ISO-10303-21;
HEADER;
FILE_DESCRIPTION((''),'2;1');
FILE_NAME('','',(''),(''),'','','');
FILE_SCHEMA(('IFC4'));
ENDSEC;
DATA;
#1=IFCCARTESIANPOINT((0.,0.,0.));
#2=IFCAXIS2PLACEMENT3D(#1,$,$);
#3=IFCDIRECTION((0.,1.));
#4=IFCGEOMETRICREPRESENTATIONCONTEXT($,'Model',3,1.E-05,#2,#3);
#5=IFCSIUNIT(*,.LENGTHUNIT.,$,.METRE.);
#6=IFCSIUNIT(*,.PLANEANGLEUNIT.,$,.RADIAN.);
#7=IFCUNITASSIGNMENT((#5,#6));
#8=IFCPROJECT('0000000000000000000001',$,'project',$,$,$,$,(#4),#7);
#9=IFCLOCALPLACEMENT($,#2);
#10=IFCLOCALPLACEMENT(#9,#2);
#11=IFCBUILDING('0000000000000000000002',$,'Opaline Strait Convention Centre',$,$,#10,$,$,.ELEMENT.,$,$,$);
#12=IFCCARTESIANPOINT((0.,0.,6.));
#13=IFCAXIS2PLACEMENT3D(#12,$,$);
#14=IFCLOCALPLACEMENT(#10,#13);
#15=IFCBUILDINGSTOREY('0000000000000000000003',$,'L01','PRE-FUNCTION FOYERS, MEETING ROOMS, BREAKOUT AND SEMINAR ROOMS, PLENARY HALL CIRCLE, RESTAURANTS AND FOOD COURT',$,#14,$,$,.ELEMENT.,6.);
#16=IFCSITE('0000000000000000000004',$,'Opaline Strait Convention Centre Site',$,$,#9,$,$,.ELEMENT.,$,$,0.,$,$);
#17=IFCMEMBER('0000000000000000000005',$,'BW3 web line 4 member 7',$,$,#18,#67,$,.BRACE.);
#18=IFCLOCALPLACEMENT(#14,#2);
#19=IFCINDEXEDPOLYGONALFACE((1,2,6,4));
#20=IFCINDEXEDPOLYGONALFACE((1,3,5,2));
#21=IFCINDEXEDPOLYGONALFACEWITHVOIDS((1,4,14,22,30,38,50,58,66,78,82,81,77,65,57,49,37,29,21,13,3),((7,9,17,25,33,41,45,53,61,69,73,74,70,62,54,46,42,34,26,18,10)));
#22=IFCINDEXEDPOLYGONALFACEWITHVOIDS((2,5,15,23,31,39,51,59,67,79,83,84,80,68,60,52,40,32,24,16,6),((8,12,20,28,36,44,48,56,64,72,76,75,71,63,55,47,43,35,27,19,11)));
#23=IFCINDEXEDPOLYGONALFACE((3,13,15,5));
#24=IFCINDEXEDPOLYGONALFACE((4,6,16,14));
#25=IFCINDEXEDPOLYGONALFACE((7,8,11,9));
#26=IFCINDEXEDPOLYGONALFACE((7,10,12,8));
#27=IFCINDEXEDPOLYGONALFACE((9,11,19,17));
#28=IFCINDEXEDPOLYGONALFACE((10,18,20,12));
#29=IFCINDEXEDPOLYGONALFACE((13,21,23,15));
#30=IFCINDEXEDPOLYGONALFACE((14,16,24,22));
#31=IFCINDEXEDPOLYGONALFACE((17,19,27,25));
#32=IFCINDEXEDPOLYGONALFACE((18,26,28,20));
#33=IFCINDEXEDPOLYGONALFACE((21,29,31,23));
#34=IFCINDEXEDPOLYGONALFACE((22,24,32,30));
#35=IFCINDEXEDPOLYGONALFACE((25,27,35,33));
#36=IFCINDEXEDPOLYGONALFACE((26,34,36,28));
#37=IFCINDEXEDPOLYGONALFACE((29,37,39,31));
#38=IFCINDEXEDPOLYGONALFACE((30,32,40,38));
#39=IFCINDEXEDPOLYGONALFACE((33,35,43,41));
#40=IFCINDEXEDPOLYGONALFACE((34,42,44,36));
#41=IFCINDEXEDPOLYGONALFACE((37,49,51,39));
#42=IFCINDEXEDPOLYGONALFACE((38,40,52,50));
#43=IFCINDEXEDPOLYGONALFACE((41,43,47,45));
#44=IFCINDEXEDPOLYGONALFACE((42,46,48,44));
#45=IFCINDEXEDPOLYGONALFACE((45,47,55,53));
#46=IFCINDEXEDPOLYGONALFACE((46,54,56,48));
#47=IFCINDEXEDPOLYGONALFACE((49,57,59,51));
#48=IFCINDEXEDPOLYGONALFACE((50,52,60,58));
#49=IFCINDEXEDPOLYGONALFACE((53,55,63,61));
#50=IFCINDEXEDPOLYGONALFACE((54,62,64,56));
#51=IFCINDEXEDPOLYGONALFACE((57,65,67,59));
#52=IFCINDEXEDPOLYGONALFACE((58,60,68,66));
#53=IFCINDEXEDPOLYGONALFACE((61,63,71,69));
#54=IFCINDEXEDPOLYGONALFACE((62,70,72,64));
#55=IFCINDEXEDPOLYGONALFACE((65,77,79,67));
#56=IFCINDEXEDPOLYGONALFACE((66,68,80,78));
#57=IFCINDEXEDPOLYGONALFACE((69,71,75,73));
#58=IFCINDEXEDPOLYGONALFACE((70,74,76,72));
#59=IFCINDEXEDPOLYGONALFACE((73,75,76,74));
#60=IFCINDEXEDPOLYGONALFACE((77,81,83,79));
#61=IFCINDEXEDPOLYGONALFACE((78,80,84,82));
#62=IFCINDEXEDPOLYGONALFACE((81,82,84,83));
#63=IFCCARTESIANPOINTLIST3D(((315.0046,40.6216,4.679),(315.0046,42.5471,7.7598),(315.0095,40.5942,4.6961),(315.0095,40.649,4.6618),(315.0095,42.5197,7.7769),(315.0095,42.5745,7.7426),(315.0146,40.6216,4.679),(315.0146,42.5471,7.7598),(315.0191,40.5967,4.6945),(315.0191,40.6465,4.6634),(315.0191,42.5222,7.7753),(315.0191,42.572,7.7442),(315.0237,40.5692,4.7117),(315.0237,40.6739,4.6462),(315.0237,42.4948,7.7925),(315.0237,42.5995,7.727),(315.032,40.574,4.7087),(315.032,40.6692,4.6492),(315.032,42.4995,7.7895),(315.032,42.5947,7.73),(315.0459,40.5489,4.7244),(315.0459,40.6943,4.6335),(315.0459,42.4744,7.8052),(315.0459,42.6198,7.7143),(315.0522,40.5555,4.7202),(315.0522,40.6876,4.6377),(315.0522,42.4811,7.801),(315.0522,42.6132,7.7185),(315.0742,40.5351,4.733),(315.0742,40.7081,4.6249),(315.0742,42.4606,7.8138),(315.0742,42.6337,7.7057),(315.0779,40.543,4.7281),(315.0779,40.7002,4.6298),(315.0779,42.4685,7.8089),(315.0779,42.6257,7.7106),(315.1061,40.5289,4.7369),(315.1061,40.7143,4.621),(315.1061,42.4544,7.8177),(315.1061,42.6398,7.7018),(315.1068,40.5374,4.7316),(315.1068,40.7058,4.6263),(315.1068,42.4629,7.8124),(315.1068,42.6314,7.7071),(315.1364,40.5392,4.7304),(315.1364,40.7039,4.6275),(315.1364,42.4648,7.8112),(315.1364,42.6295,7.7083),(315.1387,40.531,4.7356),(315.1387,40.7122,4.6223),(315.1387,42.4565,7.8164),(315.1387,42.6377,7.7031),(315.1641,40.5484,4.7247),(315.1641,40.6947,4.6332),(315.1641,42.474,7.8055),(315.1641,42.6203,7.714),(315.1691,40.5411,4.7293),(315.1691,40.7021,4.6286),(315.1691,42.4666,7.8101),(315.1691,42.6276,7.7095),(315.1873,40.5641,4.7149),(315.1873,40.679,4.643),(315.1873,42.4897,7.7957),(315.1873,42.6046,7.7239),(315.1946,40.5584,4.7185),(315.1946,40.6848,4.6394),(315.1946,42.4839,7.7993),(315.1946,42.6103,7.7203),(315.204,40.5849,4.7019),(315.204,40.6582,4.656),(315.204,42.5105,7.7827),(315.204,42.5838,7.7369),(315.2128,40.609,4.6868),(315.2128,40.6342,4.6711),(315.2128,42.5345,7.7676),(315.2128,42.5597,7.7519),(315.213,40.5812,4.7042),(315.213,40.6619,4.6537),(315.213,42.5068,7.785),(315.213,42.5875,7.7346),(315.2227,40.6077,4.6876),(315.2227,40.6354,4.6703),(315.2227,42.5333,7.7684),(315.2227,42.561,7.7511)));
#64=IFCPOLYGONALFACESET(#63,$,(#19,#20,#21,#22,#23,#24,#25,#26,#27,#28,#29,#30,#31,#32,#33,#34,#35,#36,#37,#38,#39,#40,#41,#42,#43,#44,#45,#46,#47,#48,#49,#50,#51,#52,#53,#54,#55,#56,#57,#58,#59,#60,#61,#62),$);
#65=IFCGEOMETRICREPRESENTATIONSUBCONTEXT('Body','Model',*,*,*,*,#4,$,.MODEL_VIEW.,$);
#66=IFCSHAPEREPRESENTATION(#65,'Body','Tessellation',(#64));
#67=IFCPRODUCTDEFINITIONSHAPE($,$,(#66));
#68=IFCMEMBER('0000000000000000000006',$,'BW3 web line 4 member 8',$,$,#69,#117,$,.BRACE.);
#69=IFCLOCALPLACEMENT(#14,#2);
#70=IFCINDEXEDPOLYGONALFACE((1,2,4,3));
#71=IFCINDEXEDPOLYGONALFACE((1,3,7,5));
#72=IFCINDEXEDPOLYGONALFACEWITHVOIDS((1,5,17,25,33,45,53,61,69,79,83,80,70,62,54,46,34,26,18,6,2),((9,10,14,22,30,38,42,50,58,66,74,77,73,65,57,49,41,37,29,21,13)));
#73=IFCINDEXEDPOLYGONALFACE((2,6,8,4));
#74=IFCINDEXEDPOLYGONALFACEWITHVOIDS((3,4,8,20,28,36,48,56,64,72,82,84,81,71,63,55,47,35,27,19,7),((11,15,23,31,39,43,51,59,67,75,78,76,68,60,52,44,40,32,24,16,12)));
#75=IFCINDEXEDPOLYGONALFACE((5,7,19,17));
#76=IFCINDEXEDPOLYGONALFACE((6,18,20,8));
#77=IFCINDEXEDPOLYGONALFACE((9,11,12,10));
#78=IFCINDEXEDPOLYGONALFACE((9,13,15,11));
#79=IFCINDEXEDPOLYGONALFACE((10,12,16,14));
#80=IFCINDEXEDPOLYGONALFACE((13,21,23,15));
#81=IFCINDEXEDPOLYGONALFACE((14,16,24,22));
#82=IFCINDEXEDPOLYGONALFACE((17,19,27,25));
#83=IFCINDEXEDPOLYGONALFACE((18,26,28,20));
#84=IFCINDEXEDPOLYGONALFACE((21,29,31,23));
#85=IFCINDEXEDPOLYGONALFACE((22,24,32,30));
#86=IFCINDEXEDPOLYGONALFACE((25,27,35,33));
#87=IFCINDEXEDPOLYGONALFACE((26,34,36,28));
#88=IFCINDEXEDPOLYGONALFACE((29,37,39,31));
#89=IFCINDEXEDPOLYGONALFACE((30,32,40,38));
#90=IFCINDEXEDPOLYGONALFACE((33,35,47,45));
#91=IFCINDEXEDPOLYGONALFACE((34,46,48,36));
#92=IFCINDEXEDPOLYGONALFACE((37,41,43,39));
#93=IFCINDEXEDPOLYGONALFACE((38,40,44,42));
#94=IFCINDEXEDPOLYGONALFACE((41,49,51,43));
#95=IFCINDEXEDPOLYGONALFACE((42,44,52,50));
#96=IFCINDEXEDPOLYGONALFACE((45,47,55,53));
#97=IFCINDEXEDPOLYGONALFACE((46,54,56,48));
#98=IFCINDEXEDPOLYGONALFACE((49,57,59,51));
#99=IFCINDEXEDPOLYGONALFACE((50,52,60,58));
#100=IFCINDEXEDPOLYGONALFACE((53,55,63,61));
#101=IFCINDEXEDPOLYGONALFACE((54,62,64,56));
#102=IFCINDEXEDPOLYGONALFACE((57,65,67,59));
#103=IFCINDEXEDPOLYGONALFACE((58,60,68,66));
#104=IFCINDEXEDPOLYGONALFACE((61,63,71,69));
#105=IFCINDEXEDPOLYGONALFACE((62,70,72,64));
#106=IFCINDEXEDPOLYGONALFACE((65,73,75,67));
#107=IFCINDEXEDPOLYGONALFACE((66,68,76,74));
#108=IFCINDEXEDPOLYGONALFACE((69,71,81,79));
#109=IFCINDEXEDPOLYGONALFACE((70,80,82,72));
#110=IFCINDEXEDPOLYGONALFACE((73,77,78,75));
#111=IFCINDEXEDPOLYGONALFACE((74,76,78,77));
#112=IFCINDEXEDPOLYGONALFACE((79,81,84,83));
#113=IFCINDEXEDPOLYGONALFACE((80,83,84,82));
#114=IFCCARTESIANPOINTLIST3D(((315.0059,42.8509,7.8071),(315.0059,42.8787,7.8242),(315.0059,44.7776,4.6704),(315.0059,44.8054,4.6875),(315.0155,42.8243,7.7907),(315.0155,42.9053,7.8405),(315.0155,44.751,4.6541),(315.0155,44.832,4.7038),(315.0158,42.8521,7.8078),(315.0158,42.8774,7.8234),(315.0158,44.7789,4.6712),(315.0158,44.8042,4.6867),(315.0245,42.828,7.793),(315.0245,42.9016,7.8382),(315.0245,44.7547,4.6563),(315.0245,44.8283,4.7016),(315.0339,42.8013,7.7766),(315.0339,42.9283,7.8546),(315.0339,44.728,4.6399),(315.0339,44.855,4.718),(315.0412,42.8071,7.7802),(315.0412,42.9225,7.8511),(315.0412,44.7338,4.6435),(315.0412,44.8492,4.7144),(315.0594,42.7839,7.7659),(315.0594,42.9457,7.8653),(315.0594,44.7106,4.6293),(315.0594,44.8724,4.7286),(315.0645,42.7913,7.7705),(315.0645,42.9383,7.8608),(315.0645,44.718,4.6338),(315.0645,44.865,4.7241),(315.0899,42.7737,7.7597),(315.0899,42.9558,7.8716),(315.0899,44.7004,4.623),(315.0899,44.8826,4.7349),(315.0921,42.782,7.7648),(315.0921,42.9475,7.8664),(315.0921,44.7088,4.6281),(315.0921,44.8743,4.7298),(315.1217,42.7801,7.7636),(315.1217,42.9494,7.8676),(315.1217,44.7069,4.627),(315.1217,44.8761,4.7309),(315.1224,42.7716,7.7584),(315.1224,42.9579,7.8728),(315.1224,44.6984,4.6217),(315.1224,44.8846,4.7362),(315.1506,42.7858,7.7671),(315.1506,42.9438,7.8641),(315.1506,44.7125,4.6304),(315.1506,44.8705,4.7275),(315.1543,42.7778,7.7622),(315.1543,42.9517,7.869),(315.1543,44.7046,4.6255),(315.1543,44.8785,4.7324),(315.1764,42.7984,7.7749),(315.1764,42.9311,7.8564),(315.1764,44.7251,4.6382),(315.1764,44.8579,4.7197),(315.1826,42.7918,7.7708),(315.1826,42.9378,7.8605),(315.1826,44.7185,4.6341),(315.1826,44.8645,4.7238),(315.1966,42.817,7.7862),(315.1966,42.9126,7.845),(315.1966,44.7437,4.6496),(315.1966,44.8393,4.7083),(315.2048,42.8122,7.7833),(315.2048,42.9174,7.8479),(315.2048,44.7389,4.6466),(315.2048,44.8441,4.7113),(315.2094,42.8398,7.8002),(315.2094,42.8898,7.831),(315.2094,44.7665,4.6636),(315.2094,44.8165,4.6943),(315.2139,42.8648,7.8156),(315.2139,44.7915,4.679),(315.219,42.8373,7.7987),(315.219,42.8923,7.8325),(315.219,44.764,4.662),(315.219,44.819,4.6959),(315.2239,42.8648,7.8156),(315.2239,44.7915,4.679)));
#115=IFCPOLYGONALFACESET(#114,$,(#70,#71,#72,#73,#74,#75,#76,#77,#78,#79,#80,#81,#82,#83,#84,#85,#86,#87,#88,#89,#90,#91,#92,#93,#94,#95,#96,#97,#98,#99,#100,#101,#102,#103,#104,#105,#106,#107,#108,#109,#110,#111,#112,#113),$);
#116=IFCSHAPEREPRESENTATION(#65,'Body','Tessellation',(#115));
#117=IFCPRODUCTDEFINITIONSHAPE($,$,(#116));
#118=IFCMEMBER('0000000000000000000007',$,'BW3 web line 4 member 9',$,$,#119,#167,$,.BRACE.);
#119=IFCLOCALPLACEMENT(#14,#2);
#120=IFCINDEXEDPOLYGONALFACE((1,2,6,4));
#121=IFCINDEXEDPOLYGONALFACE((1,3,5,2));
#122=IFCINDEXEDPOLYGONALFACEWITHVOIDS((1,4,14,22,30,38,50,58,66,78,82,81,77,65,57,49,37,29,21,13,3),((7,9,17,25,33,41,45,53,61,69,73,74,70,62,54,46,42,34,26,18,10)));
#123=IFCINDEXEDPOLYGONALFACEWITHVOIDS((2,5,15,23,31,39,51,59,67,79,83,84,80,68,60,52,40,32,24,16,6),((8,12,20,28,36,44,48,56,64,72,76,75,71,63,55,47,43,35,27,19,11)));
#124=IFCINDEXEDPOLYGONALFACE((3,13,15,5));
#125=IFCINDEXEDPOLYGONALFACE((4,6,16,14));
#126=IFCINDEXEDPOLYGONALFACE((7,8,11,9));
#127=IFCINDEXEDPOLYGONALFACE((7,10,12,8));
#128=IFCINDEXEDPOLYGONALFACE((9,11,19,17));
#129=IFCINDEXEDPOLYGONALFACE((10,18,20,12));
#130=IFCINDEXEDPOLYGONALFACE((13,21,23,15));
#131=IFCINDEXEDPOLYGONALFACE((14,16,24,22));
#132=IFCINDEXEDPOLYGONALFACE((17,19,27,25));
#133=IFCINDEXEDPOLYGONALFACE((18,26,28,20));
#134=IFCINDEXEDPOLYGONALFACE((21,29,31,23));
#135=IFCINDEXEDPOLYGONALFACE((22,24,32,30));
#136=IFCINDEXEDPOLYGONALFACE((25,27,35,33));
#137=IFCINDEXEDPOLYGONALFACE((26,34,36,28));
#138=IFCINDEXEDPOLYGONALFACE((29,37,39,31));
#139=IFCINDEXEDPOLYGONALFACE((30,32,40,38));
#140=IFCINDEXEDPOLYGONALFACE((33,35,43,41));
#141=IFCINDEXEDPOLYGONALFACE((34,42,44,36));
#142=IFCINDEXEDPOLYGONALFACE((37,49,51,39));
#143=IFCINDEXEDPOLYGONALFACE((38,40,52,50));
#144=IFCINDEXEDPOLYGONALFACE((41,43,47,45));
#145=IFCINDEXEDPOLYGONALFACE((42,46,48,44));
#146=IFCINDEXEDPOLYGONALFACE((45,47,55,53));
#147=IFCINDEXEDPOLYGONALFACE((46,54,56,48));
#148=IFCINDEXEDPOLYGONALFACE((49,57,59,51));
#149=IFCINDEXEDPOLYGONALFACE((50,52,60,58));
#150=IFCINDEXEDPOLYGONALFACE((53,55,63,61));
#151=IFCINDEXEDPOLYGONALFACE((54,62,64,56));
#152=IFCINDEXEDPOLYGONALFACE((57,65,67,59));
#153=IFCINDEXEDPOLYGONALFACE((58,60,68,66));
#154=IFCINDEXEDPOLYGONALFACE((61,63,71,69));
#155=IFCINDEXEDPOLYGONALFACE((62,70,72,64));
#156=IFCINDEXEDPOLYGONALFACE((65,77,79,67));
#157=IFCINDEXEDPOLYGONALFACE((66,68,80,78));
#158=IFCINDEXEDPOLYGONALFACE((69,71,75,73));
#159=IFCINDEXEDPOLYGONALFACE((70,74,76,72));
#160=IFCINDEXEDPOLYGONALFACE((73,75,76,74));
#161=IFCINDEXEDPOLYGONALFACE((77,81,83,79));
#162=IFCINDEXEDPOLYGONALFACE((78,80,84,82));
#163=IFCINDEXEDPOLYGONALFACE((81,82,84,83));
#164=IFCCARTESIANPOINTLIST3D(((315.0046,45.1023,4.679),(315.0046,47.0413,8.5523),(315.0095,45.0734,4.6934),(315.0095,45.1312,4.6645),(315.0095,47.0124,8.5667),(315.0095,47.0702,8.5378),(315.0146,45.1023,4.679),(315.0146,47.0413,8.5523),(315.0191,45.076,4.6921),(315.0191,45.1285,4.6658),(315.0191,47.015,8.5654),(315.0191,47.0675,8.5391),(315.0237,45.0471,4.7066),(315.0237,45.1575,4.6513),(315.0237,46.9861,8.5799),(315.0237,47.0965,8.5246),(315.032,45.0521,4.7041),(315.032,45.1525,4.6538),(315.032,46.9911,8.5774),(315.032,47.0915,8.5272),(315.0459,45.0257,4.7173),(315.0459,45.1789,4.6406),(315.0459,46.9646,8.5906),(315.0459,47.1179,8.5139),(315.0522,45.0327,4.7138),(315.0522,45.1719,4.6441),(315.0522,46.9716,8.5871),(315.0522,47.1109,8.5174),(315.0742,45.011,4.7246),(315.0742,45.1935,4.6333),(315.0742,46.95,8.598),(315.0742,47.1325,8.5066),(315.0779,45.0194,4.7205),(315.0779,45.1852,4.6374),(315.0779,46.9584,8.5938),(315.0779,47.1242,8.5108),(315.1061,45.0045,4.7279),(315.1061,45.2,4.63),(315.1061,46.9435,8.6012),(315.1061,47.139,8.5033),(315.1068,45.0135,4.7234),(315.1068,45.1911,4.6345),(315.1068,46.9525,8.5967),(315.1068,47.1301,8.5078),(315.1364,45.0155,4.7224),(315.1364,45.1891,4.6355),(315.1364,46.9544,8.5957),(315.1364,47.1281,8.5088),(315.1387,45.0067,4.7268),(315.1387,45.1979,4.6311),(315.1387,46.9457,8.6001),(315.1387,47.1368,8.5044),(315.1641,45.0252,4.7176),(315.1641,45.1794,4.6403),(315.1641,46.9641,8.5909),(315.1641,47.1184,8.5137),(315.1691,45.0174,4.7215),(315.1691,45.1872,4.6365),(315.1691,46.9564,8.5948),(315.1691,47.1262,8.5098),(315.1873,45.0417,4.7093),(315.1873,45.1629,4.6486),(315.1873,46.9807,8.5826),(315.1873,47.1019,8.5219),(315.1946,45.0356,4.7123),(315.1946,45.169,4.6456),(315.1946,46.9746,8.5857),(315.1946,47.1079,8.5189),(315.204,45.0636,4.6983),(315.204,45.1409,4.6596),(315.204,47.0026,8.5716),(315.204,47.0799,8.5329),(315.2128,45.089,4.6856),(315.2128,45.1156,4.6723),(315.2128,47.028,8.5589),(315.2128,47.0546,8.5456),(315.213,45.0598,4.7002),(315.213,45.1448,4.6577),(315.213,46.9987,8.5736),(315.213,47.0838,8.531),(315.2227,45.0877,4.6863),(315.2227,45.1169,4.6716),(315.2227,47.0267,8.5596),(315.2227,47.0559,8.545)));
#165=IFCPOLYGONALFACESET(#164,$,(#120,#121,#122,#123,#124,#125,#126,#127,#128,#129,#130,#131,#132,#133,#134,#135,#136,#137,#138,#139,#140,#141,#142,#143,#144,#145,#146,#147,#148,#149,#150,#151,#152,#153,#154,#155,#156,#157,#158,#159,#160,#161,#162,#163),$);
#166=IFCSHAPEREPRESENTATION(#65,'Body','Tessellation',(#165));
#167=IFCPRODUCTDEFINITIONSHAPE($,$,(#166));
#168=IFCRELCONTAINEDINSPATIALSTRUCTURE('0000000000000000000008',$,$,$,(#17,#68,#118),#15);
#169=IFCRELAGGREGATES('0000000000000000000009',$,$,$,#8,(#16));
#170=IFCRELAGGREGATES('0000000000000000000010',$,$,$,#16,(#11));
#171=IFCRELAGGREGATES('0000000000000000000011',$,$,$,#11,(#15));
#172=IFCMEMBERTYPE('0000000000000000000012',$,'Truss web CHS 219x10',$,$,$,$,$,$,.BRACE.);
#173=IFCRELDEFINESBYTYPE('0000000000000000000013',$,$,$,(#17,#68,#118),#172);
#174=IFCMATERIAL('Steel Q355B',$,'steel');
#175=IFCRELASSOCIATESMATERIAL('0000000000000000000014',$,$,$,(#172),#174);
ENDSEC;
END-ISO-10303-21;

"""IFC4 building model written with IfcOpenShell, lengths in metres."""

from ifc_helpers import new_model, si_unit, direction, frame, origin, origin_2d, place, context, subcontext, project, spatial, hollow_circle, extrude, material, material_profile, profile_set, type_object, element, save


model = new_model("IFC4")

# Units and contexts
model_context = context("Model", 3, precision=1e-05, world=origin(), true_north=direction((0.0, 1.0)))
body_context = subcontext(model_context, "Body", "Model", "MODEL_VIEW")
ifc_project = project(units=[si_unit("LENGTHUNIT", "METRE"), si_unit("PLANEANGLEUNIT", "RADIAN")], contexts=[model_context])

# Site, building, storey
site_placement = place(None, origin())
site = spatial("IfcSite", under=ifc_project, at=site_placement, Name="Opaline Strait Convention Centre Site", CompositionType="ELEMENT", RefElevation=0.0)
building_placement = place(site_placement, origin())
building = spatial("IfcBuilding", under=site, at=building_placement, Name="Opaline Strait Convention Centre", CompositionType="ELEMENT")
storey_placement = place(building_placement, frame((0.0, 0.0, 6.0)))
storey = spatial("IfcBuildingStorey", under=building, at=storey_placement, Name="L01", Description="PRE-FUNCTION FOYERS, MEETING ROOMS, BREAKOUT AND SEMINAR ROOMS, PLENARY HALL CIRCLE, RESTAURANTS AND FOOD COURT", CompositionType="ELEMENT", Elevation=6.0)

# Members
ifc_material_1 = material(Name="Steel Q355B", Category="steel")
ifc_material_profile_1 = material_profile(ifc_material_1, hollow_circle(Radius=0.1096, WallThickness=0.01, at=origin_2d()), Name="CHS 219x10")
ifc_profile_set_1 = profile_set([ifc_material_profile_1], Name="Steel Q355B")
member_type_1 = type_object("IfcMemberType", Name="Truss web CHS 219x10", PredefinedType="BRACE", material=ifc_profile_set_1)
member_1_placement = place(storey_placement, frame((315.1143, 40.6216, 4.679), z_axis=(0.0, 0.530005, 0.847995), x_axis=(-1.0, 0.0, 0.0)))
element("IfcMember", 1, at=member_1_placement, inside=storey, type_object=member_type_1, Name="BW3 web line 4 member 7", PredefinedType="BRACE", context=body_context, shape_type="SweptSolid", body=[
    extrude(hollow_circle(Radius=0.1096, WallThickness=0.01, at=origin_2d()), origin(), (0.0, 0.0, 1.0), 3.6331),
])
member_2_placement = place(storey_placement, frame((315.1143, 44.7915, 4.679), z_axis=(0.0, -0.523402, 0.852086), x_axis=(1.0, 0.0, 0.0)))
element("IfcMember", 2, at=member_2_placement, inside=storey, type_object=member_type_1, Name="BW3 web line 4 member 8", PredefinedType="BRACE", context=body_context, shape_type="SweptSolid", body=[
    extrude(hollow_circle(Radius=0.1096, WallThickness=0.01, at=origin_2d()), origin(), (0.0, 0.0, 1.0), 3.6812),
])
member_3_placement = place(storey_placement, frame((315.1143, 45.1023, 4.679), z_axis=(0.0, 0.447642, 0.894213), x_axis=(-1.0, 0.0, 0.0)))
element("IfcMember", 3, at=member_3_placement, inside=storey, type_object=member_type_1, Name="BW3 web line 4 member 9", PredefinedType="BRACE", context=body_context, shape_type="SweptSolid", body=[
    extrude(hollow_circle(Radius=0.1096, WallThickness=0.01, at=origin_2d()), origin(), (0.0, 0.0, 1.0), 4.3315),
])

save(model, "model.ifc")
